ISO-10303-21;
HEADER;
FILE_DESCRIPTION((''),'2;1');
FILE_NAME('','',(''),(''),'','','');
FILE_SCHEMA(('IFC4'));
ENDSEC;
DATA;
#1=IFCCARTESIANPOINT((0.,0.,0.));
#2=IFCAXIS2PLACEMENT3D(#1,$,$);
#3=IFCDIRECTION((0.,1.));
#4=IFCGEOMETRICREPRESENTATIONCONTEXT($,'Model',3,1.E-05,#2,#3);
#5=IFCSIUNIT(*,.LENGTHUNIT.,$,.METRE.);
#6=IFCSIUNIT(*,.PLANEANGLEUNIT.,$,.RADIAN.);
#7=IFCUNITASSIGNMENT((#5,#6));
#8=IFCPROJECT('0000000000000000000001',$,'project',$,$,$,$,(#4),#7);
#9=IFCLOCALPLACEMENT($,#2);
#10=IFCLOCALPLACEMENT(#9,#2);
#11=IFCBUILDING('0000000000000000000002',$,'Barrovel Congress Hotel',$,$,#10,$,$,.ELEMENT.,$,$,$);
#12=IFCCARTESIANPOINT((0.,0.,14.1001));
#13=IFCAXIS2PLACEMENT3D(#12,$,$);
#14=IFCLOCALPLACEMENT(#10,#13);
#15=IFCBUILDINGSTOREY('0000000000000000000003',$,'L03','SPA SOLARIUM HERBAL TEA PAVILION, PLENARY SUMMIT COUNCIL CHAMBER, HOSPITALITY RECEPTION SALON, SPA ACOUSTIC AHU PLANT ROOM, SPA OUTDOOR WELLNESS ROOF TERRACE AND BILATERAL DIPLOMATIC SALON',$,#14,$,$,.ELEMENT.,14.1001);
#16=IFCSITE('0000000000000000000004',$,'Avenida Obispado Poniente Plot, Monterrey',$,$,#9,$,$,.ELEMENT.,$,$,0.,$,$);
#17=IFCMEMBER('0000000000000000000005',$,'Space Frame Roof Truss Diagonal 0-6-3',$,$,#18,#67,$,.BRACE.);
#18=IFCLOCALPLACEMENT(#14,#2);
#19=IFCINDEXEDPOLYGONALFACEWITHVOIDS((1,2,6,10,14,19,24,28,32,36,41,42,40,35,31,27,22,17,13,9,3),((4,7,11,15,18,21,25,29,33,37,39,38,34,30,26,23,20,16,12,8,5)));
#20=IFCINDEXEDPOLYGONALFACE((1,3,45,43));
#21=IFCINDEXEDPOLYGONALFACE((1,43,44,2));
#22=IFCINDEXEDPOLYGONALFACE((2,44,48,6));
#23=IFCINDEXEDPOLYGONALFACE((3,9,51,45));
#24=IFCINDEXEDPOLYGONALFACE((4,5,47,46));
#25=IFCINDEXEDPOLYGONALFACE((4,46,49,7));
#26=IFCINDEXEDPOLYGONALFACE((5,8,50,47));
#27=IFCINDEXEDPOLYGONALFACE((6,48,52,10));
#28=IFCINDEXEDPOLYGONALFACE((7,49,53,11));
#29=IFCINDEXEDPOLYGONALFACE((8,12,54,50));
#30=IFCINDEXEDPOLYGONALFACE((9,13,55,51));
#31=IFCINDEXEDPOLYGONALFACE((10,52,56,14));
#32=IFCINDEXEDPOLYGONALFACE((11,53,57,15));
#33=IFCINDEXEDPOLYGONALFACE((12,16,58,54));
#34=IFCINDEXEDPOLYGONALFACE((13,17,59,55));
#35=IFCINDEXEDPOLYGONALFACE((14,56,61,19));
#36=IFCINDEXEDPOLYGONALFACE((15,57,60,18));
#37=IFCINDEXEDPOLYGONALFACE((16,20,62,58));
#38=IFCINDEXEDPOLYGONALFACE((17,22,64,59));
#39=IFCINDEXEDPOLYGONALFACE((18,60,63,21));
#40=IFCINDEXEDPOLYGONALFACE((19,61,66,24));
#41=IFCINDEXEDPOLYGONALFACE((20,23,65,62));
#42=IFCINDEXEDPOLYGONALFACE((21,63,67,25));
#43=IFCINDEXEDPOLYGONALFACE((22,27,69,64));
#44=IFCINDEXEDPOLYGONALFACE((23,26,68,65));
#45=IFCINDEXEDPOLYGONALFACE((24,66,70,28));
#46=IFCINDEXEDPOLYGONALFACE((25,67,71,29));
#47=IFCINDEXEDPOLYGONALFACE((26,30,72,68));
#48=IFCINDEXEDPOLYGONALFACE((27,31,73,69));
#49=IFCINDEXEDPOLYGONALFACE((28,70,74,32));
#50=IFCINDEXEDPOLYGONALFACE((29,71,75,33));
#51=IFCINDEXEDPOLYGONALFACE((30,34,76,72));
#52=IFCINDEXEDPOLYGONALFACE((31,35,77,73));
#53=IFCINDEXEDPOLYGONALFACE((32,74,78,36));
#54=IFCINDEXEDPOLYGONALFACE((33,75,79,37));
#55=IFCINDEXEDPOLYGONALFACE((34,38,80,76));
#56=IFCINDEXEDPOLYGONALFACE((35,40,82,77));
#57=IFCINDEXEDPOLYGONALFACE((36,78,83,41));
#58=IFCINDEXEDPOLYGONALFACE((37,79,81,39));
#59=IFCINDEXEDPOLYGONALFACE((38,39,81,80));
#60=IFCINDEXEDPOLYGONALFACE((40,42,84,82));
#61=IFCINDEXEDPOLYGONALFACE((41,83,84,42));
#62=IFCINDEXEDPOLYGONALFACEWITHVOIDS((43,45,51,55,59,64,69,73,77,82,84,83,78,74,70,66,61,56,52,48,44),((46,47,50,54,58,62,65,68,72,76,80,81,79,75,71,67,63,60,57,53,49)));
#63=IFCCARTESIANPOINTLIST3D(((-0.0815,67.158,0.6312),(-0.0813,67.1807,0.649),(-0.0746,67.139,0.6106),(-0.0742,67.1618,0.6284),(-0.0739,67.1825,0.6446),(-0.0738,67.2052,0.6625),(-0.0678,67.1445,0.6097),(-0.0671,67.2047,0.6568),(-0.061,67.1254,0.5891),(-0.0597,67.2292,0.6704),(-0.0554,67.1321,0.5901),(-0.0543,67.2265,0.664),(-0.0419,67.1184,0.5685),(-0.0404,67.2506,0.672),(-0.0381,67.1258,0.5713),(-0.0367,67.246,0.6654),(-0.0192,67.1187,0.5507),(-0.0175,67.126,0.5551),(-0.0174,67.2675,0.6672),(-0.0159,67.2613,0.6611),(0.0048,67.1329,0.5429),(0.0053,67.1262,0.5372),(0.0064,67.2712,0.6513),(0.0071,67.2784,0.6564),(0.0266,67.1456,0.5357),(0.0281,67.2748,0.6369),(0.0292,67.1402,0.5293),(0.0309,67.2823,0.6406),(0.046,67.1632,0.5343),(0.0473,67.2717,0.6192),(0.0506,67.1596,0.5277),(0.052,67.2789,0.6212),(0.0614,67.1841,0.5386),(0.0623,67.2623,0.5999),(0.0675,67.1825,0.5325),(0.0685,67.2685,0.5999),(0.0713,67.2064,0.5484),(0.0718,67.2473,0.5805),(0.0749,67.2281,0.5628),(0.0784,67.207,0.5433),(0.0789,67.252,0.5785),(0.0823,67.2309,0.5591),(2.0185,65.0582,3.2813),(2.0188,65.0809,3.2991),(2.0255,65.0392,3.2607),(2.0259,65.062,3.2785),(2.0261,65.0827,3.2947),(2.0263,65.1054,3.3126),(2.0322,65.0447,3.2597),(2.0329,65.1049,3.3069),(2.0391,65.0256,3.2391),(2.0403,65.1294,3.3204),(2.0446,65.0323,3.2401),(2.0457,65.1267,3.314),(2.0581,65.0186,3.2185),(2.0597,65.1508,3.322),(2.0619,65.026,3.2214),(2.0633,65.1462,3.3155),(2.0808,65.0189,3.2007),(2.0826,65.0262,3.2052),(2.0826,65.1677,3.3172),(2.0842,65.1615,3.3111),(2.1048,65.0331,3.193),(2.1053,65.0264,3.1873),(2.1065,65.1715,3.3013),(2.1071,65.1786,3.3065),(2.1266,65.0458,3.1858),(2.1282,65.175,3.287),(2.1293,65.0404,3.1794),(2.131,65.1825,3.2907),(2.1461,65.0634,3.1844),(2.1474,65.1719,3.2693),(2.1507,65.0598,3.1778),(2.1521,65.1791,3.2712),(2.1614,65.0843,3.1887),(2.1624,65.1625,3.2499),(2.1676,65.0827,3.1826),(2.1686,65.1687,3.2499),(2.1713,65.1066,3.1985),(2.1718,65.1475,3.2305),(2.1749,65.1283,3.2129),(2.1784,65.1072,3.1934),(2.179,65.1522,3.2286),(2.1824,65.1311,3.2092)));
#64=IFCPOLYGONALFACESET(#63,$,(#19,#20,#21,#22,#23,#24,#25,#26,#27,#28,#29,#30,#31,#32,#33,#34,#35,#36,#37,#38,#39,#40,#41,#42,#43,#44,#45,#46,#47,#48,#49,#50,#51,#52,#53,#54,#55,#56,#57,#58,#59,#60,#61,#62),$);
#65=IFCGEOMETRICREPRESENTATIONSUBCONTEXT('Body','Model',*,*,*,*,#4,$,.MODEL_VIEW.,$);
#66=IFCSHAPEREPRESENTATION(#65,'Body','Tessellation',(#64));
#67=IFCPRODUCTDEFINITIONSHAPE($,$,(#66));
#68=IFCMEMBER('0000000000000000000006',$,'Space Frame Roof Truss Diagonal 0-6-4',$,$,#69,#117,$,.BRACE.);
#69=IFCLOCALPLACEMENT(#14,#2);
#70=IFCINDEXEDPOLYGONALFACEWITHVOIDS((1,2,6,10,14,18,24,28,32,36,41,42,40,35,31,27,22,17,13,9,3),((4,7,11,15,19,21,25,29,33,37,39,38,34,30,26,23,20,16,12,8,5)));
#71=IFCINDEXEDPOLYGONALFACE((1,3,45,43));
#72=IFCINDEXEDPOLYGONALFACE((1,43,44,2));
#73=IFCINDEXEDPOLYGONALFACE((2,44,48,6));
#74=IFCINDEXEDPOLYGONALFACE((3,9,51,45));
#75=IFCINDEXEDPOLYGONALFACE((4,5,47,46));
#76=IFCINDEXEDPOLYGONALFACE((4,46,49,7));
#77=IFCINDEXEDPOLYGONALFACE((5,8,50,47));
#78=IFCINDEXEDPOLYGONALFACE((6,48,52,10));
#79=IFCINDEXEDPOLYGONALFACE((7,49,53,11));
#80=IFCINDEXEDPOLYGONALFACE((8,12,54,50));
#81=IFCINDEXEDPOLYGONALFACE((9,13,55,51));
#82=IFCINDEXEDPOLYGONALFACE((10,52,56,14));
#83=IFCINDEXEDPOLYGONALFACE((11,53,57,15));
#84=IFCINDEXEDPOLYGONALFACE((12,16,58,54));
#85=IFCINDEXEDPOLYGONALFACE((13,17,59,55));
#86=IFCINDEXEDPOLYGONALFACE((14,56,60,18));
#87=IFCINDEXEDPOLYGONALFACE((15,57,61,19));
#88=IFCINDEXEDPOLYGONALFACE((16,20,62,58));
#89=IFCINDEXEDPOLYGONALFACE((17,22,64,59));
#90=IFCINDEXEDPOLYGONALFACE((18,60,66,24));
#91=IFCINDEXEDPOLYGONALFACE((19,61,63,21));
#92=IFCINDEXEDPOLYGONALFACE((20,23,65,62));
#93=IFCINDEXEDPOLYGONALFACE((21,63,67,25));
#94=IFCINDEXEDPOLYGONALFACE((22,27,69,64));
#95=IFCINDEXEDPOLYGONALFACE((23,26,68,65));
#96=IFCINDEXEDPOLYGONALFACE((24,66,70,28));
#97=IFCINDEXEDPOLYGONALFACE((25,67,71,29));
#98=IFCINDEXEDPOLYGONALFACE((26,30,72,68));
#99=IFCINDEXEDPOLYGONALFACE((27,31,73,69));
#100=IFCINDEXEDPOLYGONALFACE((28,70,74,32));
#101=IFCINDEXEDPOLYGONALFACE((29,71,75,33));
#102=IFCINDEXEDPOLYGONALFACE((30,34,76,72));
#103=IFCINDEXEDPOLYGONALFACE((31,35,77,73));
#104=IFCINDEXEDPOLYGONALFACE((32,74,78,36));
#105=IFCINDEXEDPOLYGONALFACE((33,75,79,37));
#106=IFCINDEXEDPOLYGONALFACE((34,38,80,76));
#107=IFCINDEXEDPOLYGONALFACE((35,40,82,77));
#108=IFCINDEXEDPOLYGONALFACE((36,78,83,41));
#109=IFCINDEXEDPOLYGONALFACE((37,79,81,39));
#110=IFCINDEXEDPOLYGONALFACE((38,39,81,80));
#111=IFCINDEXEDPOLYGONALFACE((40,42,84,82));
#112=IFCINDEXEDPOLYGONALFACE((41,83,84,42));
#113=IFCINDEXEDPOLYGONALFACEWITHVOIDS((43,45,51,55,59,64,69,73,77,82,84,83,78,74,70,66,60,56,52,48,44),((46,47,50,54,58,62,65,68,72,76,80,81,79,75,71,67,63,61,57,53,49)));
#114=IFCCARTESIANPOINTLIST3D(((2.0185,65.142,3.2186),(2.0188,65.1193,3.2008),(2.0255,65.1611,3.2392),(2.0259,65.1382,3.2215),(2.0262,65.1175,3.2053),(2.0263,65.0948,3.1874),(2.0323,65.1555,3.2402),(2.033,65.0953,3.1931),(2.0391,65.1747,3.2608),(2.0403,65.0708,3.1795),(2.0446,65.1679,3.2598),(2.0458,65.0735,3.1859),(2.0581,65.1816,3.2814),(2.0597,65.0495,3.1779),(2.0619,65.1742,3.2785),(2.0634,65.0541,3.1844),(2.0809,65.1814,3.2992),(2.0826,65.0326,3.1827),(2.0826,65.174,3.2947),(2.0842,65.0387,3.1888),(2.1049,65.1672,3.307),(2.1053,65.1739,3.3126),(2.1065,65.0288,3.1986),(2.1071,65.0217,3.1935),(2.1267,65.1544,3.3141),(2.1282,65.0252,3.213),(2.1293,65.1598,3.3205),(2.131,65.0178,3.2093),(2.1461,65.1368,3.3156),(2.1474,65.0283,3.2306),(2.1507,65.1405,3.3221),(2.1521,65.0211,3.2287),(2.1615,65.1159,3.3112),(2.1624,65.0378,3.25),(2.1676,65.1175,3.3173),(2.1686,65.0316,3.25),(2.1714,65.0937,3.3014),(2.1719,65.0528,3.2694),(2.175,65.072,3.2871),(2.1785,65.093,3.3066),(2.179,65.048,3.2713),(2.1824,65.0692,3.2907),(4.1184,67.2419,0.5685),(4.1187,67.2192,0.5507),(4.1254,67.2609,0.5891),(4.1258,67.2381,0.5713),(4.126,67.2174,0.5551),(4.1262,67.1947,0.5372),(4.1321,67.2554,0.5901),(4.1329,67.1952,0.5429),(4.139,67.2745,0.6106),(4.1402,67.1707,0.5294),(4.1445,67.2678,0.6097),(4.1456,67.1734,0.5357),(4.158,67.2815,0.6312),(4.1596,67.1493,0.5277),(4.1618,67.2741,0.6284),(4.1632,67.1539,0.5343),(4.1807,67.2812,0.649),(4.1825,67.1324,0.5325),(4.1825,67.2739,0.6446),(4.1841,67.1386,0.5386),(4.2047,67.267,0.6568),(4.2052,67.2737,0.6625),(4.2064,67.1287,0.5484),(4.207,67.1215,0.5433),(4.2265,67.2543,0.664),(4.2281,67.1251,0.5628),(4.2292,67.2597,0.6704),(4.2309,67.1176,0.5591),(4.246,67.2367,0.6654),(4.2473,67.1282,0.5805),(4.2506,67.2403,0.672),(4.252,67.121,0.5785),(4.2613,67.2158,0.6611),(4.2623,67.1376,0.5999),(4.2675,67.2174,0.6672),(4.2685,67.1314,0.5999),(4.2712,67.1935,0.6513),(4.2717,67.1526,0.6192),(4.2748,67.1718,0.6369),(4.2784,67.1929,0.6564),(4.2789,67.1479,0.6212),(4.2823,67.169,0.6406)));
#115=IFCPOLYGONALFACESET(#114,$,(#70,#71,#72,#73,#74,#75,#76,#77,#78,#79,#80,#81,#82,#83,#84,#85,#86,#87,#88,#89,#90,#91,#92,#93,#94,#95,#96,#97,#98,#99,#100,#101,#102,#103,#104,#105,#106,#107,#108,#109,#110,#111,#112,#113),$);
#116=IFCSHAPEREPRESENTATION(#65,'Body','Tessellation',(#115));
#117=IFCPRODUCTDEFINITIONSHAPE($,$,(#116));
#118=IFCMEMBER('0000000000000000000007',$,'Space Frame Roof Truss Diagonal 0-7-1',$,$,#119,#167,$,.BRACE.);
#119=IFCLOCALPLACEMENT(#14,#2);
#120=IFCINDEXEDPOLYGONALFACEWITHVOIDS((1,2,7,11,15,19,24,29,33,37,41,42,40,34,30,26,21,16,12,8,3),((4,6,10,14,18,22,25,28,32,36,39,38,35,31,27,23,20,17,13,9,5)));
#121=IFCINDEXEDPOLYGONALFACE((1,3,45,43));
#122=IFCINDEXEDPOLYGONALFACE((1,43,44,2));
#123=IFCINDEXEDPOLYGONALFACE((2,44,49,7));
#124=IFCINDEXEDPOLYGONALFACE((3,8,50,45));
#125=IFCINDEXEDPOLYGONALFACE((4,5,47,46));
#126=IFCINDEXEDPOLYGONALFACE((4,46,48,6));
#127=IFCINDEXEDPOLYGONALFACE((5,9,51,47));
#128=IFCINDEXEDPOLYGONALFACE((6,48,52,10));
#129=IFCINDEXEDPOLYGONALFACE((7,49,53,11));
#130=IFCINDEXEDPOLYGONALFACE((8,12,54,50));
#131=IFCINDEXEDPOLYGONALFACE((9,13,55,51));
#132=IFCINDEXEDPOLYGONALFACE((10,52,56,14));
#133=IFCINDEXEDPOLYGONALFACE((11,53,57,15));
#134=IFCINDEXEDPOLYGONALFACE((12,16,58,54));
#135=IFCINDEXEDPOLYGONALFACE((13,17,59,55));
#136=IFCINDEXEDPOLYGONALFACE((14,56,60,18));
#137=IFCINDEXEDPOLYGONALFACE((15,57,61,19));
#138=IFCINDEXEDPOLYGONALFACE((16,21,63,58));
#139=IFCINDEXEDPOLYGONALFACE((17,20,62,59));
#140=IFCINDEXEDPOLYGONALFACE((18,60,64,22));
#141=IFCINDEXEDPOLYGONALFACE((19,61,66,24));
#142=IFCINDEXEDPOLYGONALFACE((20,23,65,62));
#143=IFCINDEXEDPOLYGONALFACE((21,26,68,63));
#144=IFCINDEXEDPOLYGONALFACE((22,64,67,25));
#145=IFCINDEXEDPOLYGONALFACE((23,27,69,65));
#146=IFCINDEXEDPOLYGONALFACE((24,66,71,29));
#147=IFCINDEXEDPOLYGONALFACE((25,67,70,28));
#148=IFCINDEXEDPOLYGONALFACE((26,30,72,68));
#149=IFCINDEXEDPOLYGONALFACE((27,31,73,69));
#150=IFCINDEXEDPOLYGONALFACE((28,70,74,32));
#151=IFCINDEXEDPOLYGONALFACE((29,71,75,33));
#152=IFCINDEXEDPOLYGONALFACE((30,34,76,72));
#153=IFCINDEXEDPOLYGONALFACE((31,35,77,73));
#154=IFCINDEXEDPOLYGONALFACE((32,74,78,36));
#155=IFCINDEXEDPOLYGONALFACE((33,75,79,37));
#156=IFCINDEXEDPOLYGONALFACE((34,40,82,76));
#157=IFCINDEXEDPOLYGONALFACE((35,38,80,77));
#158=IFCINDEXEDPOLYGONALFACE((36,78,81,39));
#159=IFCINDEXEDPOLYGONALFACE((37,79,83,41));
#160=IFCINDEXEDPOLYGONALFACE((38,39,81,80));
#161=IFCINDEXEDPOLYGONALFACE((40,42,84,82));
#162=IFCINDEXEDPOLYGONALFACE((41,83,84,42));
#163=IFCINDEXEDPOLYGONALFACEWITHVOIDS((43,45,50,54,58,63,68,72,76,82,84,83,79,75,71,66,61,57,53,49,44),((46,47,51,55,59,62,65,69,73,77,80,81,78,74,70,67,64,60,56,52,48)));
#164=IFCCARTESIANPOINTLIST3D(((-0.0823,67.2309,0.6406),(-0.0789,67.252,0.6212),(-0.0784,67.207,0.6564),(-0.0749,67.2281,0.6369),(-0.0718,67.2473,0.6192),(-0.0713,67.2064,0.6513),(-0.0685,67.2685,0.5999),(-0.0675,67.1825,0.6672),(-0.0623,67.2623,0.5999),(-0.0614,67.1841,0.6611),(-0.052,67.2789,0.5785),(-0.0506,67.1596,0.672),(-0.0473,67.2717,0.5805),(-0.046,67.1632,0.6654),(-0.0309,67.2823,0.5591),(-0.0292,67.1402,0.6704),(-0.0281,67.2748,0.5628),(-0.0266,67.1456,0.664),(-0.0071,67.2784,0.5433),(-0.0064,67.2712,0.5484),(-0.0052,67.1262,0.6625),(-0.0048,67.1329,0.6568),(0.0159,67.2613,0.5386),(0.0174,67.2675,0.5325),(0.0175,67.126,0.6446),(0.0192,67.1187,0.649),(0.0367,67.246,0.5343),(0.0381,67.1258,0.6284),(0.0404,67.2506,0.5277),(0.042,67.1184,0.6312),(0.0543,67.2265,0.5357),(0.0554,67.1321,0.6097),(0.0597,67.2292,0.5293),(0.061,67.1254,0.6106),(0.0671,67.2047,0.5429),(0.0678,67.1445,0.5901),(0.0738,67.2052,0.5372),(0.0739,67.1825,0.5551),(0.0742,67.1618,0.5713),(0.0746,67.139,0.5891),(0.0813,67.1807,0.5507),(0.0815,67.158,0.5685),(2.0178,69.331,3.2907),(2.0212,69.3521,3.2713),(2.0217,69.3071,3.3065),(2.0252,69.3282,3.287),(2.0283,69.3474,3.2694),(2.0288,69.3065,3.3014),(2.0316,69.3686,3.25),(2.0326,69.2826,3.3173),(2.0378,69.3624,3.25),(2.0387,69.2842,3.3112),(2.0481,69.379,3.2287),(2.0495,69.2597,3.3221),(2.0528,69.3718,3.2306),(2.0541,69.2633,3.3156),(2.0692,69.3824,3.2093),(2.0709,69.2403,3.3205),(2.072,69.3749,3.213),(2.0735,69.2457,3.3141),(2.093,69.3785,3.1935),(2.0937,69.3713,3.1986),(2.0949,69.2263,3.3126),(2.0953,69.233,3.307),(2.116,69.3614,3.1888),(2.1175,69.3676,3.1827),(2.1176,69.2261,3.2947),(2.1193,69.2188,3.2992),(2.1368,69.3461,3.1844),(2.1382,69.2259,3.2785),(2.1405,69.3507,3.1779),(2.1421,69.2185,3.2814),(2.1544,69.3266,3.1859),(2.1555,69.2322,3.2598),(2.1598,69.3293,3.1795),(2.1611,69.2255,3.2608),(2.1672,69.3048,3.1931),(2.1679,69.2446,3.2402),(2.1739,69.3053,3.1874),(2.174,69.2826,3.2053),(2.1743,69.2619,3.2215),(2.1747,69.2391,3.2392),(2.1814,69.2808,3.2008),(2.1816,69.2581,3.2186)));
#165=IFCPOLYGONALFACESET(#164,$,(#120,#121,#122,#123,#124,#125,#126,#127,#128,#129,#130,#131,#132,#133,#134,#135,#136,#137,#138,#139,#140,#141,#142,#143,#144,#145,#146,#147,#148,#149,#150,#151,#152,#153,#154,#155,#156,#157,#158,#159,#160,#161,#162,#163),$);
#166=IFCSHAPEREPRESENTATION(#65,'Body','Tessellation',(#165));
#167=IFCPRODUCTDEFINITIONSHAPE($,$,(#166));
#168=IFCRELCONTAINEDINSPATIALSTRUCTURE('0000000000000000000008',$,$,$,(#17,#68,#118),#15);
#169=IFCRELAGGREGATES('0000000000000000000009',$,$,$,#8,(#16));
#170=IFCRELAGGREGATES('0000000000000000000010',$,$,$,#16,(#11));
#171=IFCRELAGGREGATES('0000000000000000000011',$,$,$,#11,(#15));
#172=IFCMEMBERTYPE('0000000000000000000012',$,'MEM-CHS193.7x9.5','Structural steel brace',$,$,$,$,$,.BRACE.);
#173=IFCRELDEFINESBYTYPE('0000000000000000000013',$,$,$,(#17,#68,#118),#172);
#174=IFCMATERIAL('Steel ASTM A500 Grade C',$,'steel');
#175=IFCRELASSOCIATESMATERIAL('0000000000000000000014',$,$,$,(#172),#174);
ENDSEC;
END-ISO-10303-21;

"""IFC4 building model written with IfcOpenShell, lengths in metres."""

from ifc_helpers import new_model, si_unit, direction, frame, origin, origin_2d, place, context, subcontext, project, spatial, hollow_circle, extrude, material, material_profile, profile_set, type_object, element, save


model = new_model("IFC4")

# Units and contexts
model_context = context("Model", 3, precision=1e-05, world=origin(), true_north=direction((0.0, 1.0)))
body_context = subcontext(model_context, "Body", "Model", "MODEL_VIEW")
ifc_project = project(units=[si_unit("LENGTHUNIT", "METRE"), si_unit("PLANEANGLEUNIT", "RADIAN")], contexts=[model_context])

# Site, building, storey
site_placement = place(None, origin())
site = spatial("IfcSite", under=ifc_project, at=site_placement, Name="Avenida Obispado Poniente Plot, Monterrey", CompositionType="ELEMENT", RefElevation=0.0)
building_placement = place(site_placement, origin())
building = spatial("IfcBuilding", under=site, at=building_placement, Name="Barrovel Congress Hotel", CompositionType="ELEMENT")
storey_placement = place(building_placement, frame((0.0, 0.0, 14.1001)))
storey = spatial("IfcBuildingStorey", under=building, at=storey_placement, Name="L03", Description="SPA SOLARIUM HERBAL TEA PAVILION, PLENARY SUMMIT COUNCIL CHAMBER, HOSPITALITY RECEPTION SALON, SPA ACOUSTIC AHU PLANT ROOM, SPA OUTDOOR WELLNESS ROOF TERRACE AND BILATERAL DIPLOMATIC SALON", CompositionType="ELEMENT", Elevation=14.1001)

# Members
ifc_material_1 = material(Name="Steel ASTM A500 Grade C", Category="steel")
ifc_material_profile_1 = material_profile(ifc_material_1, hollow_circle(Radius=0.0969, WallThickness=0.0088, at=origin_2d()), Name="CHS193.7x9.5")
ifc_profile_set_1 = profile_set([ifc_material_profile_1], Name="Steel ASTM A500 Grade C")
member_type_1 = type_object("IfcMemberType", Name="MEM-CHS193.7x9.5", Description="Structural steel brace", PredefinedType="BRACE", material=ifc_profile_set_1)
for number, where, z_axis, x_axis, name in (
    (1, (0.0, 67.2, 0.5999), (0.527618, -0.527557, 0.66581), (0.707066, 0.707148, 0.0), "Space Frame Roof Truss Diagonal 0-6-3"),
    (2, (4.2, 67.2, 0.5999), (-0.527574, -0.527574, 0.665831), (0.707107, -0.707107, 0.0), "Space Frame Roof Truss Diagonal 0-6-4"),
):
    element("IfcMember", number, at=place(storey_placement, frame(where, z_axis=z_axis, x_axis=x_axis)), inside=storey, type_object=member_type_1, Name=name, PredefinedType="BRACE", context=body_context, shape_type="SweptSolid", body=[
        extrude(hollow_circle(Radius=0.0969, WallThickness=0.0088, at=origin_2d()), origin(), (0.0, 0.0, 1.0), 3.9802),
    ])
member_1_placement = place(storey_placement, frame((0.0, 67.2, 0.5999), z_axis=(0.527601, 0.527601, 0.665788), x_axis=(-0.707107, 0.707107, 0.0)))
element("IfcMember", 3, at=member_1_placement, inside=storey, type_object=member_type_1, Name="Space Frame Roof Truss Diagonal 0-7-1", PredefinedType="BRACE", context=body_context, shape_type="SweptSolid", body=[
    extrude(hollow_circle(Radius=0.0969, WallThickness=0.0088, at=origin_2d()), origin(), (0.0, 0.0, 1.0), 3.9805),
])

save(model, "model.ifc")
